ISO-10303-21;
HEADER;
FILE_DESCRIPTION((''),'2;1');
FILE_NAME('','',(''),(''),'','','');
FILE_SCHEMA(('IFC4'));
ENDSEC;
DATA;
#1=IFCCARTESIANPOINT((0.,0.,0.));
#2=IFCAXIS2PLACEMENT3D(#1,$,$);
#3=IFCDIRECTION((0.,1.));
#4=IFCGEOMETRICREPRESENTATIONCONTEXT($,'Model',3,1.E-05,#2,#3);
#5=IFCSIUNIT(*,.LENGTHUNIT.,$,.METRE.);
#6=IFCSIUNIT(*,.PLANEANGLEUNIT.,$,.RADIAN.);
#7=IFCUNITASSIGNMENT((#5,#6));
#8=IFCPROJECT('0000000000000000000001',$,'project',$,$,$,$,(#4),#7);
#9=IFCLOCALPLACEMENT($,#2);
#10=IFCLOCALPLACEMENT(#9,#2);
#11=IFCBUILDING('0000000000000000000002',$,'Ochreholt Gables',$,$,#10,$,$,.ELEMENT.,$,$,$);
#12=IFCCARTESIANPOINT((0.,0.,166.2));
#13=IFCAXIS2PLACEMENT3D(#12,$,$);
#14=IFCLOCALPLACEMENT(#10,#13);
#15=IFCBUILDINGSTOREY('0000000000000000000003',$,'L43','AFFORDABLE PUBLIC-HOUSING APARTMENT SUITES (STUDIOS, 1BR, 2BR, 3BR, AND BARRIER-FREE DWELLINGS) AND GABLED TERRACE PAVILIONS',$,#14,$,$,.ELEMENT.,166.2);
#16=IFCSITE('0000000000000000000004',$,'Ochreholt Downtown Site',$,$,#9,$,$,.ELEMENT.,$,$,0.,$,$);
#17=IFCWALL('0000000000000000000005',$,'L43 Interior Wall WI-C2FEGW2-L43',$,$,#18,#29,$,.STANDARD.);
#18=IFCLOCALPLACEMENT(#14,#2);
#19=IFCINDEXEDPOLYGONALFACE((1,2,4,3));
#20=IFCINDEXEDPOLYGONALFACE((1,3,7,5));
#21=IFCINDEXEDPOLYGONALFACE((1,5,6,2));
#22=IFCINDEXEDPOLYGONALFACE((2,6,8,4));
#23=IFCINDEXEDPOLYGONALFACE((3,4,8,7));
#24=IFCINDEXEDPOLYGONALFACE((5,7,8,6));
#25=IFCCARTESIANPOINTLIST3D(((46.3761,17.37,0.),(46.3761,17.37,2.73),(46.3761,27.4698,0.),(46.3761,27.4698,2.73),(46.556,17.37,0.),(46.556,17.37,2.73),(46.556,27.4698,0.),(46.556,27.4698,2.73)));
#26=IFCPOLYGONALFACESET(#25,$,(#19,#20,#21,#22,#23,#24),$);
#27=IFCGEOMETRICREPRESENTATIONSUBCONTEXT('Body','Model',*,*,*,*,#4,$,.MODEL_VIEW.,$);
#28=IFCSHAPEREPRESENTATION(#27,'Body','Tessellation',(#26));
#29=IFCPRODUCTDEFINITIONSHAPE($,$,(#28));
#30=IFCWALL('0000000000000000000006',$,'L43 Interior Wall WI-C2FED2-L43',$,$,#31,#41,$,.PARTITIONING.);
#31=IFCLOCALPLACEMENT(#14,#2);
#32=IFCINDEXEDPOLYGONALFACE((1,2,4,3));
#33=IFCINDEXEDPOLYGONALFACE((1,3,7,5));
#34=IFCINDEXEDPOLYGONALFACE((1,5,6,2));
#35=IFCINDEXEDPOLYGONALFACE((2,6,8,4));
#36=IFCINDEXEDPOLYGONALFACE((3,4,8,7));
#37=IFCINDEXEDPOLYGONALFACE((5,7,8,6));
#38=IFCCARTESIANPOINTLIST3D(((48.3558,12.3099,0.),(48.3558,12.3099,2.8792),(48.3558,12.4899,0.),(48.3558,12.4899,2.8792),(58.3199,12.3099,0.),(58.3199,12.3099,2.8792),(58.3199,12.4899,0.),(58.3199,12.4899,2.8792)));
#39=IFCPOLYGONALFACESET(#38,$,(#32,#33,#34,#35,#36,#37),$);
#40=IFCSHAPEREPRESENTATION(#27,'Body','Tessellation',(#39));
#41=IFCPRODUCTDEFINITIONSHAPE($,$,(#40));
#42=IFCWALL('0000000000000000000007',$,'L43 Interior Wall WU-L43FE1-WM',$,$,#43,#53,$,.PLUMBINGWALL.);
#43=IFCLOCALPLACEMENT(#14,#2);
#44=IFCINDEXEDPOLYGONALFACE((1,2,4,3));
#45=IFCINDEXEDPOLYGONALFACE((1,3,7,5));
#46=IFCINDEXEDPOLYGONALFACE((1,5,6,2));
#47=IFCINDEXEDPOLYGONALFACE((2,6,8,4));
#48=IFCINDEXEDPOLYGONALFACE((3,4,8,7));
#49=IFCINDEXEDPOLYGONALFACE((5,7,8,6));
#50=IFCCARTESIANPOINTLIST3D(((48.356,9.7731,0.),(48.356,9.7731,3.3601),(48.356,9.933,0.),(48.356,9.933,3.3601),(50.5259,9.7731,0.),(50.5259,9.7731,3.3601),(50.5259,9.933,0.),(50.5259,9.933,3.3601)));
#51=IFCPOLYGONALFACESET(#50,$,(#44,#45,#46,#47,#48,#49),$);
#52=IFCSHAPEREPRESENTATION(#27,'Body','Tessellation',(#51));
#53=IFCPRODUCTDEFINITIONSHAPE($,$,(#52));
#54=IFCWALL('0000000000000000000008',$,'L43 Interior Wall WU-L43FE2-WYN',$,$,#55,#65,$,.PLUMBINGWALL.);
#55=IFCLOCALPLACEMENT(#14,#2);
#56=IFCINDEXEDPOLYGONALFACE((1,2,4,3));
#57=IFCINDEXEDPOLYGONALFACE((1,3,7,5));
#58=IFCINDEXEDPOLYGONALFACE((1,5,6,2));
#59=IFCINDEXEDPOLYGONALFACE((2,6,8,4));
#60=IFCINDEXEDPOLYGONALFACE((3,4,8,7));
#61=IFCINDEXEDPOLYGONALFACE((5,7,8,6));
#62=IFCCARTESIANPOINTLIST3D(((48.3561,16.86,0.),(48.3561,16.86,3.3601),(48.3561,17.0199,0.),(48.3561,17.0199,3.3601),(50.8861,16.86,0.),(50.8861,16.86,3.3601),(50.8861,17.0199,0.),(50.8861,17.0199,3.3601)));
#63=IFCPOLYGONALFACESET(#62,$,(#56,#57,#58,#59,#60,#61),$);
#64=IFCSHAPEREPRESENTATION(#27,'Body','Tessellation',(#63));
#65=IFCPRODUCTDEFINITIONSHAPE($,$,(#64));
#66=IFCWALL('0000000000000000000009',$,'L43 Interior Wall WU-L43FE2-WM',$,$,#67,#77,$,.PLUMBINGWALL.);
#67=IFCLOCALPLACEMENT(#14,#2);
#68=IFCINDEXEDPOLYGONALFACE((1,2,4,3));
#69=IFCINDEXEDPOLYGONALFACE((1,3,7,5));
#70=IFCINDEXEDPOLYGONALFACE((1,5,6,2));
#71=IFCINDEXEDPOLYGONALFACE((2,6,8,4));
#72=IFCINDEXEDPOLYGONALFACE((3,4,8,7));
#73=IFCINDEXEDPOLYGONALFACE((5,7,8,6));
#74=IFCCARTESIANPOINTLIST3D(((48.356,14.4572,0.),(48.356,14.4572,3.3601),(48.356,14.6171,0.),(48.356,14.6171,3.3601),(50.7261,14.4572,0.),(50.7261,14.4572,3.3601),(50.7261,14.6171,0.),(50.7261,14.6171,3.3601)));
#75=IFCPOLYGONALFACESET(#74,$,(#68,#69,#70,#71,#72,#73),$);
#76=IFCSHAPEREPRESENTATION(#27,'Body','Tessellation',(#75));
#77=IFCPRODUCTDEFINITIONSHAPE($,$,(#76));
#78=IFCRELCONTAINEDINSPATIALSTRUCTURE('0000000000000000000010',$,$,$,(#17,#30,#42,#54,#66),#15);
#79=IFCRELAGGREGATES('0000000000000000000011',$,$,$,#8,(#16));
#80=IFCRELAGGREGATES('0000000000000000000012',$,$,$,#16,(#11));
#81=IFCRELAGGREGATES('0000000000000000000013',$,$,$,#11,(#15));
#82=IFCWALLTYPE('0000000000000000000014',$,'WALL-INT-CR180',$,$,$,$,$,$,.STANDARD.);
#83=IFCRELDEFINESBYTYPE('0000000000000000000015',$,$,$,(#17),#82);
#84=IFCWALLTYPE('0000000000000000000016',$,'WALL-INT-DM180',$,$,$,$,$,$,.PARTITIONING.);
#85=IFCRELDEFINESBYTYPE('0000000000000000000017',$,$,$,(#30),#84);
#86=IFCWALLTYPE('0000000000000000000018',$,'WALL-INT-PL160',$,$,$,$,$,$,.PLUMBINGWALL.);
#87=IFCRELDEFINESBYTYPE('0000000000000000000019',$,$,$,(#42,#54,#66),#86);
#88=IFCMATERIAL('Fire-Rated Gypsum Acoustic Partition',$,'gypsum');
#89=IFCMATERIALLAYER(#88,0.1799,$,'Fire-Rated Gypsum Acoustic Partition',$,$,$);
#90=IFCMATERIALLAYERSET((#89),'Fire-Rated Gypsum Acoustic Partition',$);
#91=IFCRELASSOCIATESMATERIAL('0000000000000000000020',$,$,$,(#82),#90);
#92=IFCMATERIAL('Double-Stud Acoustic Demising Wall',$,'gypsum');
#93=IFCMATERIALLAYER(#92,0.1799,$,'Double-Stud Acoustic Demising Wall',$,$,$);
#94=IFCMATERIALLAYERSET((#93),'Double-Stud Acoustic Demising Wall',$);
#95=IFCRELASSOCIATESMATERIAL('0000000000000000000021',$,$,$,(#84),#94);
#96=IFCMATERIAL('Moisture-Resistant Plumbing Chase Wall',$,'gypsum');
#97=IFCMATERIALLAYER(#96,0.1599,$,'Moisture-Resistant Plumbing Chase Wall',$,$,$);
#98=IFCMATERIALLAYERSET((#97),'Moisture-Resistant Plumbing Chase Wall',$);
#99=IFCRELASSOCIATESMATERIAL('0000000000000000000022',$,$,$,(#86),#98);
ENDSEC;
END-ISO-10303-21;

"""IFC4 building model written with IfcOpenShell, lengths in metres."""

from ifc_helpers import new_model, si_unit, direction, frame, frame_2d, origin, place, context, subcontext, project, spatial, rectangle, extrude, material, layer, layer_set, type_object, element, save


model = new_model("IFC4")

# Units and contexts
model_context = context("Model", 3, precision=1e-05, world=origin(), true_north=direction((0.0, 1.0)))
body_context = subcontext(model_context, "Body", "Model", "MODEL_VIEW")
ifc_project = project(units=[si_unit("LENGTHUNIT", "METRE"), si_unit("PLANEANGLEUNIT", "RADIAN")], contexts=[model_context])

# Site, building, storey
site_placement = place(None, origin())
site = spatial("IfcSite", under=ifc_project, at=site_placement, Name="Ochreholt Downtown Site", CompositionType="ELEMENT", RefElevation=0.0)
building_placement = place(site_placement, origin())
building = spatial("IfcBuilding", under=site, at=building_placement, Name="Ochreholt Gables", CompositionType="ELEMENT")
storey_placement = place(building_placement, frame((0.0, 0.0, 166.2)))
storey = spatial("IfcBuildingStorey", under=building, at=storey_placement, Name="L43", Description="AFFORDABLE PUBLIC-HOUSING APARTMENT SUITES (STUDIOS, 1BR, 2BR, 3BR, AND BARRIER-FREE DWELLINGS) AND GABLED TERRACE PAVILIONS", CompositionType="ELEMENT", Elevation=166.2)

# Walls
ifc_material_1 = material(Name="Fire-Rated Gypsum Acoustic Partition", Category="gypsum")
ifc_layer_1 = layer(ifc_material_1, 0.1799, Name="Fire-Rated Gypsum Acoustic Partition")
ifc_layer_set_1 = layer_set([ifc_layer_1], Name="Fire-Rated Gypsum Acoustic Partition")
wall_type_1 = type_object("IfcWallType", Name="WALL-INT-CR180", PredefinedType="STANDARD", material=ifc_layer_set_1)
wall_1_placement = place(storey_placement, frame((46.4661, 17.3701, 0.0), z_axis=(0.0, 0.0, 1.0), x_axis=(0.0, 1.0, 0.0)))
element("IfcWall", 1, at=wall_1_placement, inside=storey, type_object=wall_type_1, Name="L43 Interior Wall WI-C2FEGW2-L43", PredefinedType="STANDARD", context=body_context, shape_type="SweptSolid", body=[
    extrude(rectangle(XDim=10.0999, YDim=0.1799, at=frame_2d((5.0498, 0.0))), origin(), (0.0, 0.0, 1.0), 2.73),
])
ifc_material_2 = material(Name="Double-Stud Acoustic Demising Wall", Category="gypsum")
ifc_layer_2 = layer(ifc_material_2, 0.1799, Name="Double-Stud Acoustic Demising Wall")
ifc_layer_set_2 = layer_set([ifc_layer_2], Name="Double-Stud Acoustic Demising Wall")
wall_type_2 = type_object("IfcWallType", Name="WALL-INT-DM180", PredefinedType="PARTITIONING", material=ifc_layer_set_2)
wall_2_placement = place(storey_placement, frame((48.356, 12.3999, 0.0), z_axis=(0.0, 0.0, 1.0), x_axis=(1.0, 0.0, 0.0)))
element("IfcWall", 2, at=wall_2_placement, inside=storey, type_object=wall_type_2, Name="L43 Interior Wall WI-C2FED2-L43", PredefinedType="PARTITIONING", context=body_context, shape_type="SweptSolid", body=[
    extrude(rectangle(XDim=9.9641, YDim=0.1799, at=frame_2d((4.9819, 0.0))), origin(), (0.0, 0.0, 1.0), 2.8792),
])
ifc_material_3 = material(Name="Moisture-Resistant Plumbing Chase Wall", Category="gypsum")
ifc_layer_3 = layer(ifc_material_3, 0.1599, Name="Moisture-Resistant Plumbing Chase Wall")
ifc_layer_set_3 = layer_set([ifc_layer_3], Name="Moisture-Resistant Plumbing Chase Wall")
wall_type_3 = type_object("IfcWallType", Name="WALL-INT-PL160", PredefinedType="PLUMBINGWALL", material=ifc_layer_set_3)
wall_3_placement = place(storey_placement, frame((48.356, 9.853, 0.0), z_axis=(0.0, 0.0, 1.0), x_axis=(1.0, 0.0, 0.0)))
element("IfcWall", 3, at=wall_3_placement, inside=storey, type_object=wall_type_3, Name="L43 Interior Wall WU-L43FE1-WM", PredefinedType="PLUMBINGWALL", context=body_context, shape_type="SweptSolid", body=[
    extrude(rectangle(XDim=2.1699, YDim=0.1599, at=frame_2d((1.085, 0.0))), origin(), (0.0, 0.0, 1.0), 3.3601),
])
wall_4_placement = place(storey_placement, frame((48.356, 16.9399, 0.0), z_axis=(0.0, 0.0, 1.0), x_axis=(1.0, 0.0, 0.0)))
element("IfcWall", 4, at=wall_4_placement, inside=storey, type_object=wall_type_3, Name="L43 Interior Wall WU-L43FE2-WYN", PredefinedType="PLUMBINGWALL", context=body_context, shape_type="SweptSolid", body=[
    extrude(rectangle(XDim=2.53, YDim=0.1599, at=frame_2d((1.2651, 0.0))), origin(), (0.0, 0.0, 1.0), 3.3601),
])

# Wall
wall_5_placement = place(storey_placement, frame((48.356, 14.5371, 0.0), z_axis=(0.0, 0.0, 1.0), x_axis=(1.0, 0.0, 0.0)))
element("IfcWall", 5, at=wall_5_placement, inside=storey, type_object=wall_type_3, Name="L43 Interior Wall WU-L43FE2-WM", PredefinedType="PLUMBINGWALL", context=body_context, shape_type="SweptSolid", body=[
    extrude(rectangle(XDim=2.3701, YDim=0.1599, at=frame_2d((1.1851, 0.0))), origin(), (0.0, 0.0, 1.0), 3.3601),
])

save(model, "model.ifc")
